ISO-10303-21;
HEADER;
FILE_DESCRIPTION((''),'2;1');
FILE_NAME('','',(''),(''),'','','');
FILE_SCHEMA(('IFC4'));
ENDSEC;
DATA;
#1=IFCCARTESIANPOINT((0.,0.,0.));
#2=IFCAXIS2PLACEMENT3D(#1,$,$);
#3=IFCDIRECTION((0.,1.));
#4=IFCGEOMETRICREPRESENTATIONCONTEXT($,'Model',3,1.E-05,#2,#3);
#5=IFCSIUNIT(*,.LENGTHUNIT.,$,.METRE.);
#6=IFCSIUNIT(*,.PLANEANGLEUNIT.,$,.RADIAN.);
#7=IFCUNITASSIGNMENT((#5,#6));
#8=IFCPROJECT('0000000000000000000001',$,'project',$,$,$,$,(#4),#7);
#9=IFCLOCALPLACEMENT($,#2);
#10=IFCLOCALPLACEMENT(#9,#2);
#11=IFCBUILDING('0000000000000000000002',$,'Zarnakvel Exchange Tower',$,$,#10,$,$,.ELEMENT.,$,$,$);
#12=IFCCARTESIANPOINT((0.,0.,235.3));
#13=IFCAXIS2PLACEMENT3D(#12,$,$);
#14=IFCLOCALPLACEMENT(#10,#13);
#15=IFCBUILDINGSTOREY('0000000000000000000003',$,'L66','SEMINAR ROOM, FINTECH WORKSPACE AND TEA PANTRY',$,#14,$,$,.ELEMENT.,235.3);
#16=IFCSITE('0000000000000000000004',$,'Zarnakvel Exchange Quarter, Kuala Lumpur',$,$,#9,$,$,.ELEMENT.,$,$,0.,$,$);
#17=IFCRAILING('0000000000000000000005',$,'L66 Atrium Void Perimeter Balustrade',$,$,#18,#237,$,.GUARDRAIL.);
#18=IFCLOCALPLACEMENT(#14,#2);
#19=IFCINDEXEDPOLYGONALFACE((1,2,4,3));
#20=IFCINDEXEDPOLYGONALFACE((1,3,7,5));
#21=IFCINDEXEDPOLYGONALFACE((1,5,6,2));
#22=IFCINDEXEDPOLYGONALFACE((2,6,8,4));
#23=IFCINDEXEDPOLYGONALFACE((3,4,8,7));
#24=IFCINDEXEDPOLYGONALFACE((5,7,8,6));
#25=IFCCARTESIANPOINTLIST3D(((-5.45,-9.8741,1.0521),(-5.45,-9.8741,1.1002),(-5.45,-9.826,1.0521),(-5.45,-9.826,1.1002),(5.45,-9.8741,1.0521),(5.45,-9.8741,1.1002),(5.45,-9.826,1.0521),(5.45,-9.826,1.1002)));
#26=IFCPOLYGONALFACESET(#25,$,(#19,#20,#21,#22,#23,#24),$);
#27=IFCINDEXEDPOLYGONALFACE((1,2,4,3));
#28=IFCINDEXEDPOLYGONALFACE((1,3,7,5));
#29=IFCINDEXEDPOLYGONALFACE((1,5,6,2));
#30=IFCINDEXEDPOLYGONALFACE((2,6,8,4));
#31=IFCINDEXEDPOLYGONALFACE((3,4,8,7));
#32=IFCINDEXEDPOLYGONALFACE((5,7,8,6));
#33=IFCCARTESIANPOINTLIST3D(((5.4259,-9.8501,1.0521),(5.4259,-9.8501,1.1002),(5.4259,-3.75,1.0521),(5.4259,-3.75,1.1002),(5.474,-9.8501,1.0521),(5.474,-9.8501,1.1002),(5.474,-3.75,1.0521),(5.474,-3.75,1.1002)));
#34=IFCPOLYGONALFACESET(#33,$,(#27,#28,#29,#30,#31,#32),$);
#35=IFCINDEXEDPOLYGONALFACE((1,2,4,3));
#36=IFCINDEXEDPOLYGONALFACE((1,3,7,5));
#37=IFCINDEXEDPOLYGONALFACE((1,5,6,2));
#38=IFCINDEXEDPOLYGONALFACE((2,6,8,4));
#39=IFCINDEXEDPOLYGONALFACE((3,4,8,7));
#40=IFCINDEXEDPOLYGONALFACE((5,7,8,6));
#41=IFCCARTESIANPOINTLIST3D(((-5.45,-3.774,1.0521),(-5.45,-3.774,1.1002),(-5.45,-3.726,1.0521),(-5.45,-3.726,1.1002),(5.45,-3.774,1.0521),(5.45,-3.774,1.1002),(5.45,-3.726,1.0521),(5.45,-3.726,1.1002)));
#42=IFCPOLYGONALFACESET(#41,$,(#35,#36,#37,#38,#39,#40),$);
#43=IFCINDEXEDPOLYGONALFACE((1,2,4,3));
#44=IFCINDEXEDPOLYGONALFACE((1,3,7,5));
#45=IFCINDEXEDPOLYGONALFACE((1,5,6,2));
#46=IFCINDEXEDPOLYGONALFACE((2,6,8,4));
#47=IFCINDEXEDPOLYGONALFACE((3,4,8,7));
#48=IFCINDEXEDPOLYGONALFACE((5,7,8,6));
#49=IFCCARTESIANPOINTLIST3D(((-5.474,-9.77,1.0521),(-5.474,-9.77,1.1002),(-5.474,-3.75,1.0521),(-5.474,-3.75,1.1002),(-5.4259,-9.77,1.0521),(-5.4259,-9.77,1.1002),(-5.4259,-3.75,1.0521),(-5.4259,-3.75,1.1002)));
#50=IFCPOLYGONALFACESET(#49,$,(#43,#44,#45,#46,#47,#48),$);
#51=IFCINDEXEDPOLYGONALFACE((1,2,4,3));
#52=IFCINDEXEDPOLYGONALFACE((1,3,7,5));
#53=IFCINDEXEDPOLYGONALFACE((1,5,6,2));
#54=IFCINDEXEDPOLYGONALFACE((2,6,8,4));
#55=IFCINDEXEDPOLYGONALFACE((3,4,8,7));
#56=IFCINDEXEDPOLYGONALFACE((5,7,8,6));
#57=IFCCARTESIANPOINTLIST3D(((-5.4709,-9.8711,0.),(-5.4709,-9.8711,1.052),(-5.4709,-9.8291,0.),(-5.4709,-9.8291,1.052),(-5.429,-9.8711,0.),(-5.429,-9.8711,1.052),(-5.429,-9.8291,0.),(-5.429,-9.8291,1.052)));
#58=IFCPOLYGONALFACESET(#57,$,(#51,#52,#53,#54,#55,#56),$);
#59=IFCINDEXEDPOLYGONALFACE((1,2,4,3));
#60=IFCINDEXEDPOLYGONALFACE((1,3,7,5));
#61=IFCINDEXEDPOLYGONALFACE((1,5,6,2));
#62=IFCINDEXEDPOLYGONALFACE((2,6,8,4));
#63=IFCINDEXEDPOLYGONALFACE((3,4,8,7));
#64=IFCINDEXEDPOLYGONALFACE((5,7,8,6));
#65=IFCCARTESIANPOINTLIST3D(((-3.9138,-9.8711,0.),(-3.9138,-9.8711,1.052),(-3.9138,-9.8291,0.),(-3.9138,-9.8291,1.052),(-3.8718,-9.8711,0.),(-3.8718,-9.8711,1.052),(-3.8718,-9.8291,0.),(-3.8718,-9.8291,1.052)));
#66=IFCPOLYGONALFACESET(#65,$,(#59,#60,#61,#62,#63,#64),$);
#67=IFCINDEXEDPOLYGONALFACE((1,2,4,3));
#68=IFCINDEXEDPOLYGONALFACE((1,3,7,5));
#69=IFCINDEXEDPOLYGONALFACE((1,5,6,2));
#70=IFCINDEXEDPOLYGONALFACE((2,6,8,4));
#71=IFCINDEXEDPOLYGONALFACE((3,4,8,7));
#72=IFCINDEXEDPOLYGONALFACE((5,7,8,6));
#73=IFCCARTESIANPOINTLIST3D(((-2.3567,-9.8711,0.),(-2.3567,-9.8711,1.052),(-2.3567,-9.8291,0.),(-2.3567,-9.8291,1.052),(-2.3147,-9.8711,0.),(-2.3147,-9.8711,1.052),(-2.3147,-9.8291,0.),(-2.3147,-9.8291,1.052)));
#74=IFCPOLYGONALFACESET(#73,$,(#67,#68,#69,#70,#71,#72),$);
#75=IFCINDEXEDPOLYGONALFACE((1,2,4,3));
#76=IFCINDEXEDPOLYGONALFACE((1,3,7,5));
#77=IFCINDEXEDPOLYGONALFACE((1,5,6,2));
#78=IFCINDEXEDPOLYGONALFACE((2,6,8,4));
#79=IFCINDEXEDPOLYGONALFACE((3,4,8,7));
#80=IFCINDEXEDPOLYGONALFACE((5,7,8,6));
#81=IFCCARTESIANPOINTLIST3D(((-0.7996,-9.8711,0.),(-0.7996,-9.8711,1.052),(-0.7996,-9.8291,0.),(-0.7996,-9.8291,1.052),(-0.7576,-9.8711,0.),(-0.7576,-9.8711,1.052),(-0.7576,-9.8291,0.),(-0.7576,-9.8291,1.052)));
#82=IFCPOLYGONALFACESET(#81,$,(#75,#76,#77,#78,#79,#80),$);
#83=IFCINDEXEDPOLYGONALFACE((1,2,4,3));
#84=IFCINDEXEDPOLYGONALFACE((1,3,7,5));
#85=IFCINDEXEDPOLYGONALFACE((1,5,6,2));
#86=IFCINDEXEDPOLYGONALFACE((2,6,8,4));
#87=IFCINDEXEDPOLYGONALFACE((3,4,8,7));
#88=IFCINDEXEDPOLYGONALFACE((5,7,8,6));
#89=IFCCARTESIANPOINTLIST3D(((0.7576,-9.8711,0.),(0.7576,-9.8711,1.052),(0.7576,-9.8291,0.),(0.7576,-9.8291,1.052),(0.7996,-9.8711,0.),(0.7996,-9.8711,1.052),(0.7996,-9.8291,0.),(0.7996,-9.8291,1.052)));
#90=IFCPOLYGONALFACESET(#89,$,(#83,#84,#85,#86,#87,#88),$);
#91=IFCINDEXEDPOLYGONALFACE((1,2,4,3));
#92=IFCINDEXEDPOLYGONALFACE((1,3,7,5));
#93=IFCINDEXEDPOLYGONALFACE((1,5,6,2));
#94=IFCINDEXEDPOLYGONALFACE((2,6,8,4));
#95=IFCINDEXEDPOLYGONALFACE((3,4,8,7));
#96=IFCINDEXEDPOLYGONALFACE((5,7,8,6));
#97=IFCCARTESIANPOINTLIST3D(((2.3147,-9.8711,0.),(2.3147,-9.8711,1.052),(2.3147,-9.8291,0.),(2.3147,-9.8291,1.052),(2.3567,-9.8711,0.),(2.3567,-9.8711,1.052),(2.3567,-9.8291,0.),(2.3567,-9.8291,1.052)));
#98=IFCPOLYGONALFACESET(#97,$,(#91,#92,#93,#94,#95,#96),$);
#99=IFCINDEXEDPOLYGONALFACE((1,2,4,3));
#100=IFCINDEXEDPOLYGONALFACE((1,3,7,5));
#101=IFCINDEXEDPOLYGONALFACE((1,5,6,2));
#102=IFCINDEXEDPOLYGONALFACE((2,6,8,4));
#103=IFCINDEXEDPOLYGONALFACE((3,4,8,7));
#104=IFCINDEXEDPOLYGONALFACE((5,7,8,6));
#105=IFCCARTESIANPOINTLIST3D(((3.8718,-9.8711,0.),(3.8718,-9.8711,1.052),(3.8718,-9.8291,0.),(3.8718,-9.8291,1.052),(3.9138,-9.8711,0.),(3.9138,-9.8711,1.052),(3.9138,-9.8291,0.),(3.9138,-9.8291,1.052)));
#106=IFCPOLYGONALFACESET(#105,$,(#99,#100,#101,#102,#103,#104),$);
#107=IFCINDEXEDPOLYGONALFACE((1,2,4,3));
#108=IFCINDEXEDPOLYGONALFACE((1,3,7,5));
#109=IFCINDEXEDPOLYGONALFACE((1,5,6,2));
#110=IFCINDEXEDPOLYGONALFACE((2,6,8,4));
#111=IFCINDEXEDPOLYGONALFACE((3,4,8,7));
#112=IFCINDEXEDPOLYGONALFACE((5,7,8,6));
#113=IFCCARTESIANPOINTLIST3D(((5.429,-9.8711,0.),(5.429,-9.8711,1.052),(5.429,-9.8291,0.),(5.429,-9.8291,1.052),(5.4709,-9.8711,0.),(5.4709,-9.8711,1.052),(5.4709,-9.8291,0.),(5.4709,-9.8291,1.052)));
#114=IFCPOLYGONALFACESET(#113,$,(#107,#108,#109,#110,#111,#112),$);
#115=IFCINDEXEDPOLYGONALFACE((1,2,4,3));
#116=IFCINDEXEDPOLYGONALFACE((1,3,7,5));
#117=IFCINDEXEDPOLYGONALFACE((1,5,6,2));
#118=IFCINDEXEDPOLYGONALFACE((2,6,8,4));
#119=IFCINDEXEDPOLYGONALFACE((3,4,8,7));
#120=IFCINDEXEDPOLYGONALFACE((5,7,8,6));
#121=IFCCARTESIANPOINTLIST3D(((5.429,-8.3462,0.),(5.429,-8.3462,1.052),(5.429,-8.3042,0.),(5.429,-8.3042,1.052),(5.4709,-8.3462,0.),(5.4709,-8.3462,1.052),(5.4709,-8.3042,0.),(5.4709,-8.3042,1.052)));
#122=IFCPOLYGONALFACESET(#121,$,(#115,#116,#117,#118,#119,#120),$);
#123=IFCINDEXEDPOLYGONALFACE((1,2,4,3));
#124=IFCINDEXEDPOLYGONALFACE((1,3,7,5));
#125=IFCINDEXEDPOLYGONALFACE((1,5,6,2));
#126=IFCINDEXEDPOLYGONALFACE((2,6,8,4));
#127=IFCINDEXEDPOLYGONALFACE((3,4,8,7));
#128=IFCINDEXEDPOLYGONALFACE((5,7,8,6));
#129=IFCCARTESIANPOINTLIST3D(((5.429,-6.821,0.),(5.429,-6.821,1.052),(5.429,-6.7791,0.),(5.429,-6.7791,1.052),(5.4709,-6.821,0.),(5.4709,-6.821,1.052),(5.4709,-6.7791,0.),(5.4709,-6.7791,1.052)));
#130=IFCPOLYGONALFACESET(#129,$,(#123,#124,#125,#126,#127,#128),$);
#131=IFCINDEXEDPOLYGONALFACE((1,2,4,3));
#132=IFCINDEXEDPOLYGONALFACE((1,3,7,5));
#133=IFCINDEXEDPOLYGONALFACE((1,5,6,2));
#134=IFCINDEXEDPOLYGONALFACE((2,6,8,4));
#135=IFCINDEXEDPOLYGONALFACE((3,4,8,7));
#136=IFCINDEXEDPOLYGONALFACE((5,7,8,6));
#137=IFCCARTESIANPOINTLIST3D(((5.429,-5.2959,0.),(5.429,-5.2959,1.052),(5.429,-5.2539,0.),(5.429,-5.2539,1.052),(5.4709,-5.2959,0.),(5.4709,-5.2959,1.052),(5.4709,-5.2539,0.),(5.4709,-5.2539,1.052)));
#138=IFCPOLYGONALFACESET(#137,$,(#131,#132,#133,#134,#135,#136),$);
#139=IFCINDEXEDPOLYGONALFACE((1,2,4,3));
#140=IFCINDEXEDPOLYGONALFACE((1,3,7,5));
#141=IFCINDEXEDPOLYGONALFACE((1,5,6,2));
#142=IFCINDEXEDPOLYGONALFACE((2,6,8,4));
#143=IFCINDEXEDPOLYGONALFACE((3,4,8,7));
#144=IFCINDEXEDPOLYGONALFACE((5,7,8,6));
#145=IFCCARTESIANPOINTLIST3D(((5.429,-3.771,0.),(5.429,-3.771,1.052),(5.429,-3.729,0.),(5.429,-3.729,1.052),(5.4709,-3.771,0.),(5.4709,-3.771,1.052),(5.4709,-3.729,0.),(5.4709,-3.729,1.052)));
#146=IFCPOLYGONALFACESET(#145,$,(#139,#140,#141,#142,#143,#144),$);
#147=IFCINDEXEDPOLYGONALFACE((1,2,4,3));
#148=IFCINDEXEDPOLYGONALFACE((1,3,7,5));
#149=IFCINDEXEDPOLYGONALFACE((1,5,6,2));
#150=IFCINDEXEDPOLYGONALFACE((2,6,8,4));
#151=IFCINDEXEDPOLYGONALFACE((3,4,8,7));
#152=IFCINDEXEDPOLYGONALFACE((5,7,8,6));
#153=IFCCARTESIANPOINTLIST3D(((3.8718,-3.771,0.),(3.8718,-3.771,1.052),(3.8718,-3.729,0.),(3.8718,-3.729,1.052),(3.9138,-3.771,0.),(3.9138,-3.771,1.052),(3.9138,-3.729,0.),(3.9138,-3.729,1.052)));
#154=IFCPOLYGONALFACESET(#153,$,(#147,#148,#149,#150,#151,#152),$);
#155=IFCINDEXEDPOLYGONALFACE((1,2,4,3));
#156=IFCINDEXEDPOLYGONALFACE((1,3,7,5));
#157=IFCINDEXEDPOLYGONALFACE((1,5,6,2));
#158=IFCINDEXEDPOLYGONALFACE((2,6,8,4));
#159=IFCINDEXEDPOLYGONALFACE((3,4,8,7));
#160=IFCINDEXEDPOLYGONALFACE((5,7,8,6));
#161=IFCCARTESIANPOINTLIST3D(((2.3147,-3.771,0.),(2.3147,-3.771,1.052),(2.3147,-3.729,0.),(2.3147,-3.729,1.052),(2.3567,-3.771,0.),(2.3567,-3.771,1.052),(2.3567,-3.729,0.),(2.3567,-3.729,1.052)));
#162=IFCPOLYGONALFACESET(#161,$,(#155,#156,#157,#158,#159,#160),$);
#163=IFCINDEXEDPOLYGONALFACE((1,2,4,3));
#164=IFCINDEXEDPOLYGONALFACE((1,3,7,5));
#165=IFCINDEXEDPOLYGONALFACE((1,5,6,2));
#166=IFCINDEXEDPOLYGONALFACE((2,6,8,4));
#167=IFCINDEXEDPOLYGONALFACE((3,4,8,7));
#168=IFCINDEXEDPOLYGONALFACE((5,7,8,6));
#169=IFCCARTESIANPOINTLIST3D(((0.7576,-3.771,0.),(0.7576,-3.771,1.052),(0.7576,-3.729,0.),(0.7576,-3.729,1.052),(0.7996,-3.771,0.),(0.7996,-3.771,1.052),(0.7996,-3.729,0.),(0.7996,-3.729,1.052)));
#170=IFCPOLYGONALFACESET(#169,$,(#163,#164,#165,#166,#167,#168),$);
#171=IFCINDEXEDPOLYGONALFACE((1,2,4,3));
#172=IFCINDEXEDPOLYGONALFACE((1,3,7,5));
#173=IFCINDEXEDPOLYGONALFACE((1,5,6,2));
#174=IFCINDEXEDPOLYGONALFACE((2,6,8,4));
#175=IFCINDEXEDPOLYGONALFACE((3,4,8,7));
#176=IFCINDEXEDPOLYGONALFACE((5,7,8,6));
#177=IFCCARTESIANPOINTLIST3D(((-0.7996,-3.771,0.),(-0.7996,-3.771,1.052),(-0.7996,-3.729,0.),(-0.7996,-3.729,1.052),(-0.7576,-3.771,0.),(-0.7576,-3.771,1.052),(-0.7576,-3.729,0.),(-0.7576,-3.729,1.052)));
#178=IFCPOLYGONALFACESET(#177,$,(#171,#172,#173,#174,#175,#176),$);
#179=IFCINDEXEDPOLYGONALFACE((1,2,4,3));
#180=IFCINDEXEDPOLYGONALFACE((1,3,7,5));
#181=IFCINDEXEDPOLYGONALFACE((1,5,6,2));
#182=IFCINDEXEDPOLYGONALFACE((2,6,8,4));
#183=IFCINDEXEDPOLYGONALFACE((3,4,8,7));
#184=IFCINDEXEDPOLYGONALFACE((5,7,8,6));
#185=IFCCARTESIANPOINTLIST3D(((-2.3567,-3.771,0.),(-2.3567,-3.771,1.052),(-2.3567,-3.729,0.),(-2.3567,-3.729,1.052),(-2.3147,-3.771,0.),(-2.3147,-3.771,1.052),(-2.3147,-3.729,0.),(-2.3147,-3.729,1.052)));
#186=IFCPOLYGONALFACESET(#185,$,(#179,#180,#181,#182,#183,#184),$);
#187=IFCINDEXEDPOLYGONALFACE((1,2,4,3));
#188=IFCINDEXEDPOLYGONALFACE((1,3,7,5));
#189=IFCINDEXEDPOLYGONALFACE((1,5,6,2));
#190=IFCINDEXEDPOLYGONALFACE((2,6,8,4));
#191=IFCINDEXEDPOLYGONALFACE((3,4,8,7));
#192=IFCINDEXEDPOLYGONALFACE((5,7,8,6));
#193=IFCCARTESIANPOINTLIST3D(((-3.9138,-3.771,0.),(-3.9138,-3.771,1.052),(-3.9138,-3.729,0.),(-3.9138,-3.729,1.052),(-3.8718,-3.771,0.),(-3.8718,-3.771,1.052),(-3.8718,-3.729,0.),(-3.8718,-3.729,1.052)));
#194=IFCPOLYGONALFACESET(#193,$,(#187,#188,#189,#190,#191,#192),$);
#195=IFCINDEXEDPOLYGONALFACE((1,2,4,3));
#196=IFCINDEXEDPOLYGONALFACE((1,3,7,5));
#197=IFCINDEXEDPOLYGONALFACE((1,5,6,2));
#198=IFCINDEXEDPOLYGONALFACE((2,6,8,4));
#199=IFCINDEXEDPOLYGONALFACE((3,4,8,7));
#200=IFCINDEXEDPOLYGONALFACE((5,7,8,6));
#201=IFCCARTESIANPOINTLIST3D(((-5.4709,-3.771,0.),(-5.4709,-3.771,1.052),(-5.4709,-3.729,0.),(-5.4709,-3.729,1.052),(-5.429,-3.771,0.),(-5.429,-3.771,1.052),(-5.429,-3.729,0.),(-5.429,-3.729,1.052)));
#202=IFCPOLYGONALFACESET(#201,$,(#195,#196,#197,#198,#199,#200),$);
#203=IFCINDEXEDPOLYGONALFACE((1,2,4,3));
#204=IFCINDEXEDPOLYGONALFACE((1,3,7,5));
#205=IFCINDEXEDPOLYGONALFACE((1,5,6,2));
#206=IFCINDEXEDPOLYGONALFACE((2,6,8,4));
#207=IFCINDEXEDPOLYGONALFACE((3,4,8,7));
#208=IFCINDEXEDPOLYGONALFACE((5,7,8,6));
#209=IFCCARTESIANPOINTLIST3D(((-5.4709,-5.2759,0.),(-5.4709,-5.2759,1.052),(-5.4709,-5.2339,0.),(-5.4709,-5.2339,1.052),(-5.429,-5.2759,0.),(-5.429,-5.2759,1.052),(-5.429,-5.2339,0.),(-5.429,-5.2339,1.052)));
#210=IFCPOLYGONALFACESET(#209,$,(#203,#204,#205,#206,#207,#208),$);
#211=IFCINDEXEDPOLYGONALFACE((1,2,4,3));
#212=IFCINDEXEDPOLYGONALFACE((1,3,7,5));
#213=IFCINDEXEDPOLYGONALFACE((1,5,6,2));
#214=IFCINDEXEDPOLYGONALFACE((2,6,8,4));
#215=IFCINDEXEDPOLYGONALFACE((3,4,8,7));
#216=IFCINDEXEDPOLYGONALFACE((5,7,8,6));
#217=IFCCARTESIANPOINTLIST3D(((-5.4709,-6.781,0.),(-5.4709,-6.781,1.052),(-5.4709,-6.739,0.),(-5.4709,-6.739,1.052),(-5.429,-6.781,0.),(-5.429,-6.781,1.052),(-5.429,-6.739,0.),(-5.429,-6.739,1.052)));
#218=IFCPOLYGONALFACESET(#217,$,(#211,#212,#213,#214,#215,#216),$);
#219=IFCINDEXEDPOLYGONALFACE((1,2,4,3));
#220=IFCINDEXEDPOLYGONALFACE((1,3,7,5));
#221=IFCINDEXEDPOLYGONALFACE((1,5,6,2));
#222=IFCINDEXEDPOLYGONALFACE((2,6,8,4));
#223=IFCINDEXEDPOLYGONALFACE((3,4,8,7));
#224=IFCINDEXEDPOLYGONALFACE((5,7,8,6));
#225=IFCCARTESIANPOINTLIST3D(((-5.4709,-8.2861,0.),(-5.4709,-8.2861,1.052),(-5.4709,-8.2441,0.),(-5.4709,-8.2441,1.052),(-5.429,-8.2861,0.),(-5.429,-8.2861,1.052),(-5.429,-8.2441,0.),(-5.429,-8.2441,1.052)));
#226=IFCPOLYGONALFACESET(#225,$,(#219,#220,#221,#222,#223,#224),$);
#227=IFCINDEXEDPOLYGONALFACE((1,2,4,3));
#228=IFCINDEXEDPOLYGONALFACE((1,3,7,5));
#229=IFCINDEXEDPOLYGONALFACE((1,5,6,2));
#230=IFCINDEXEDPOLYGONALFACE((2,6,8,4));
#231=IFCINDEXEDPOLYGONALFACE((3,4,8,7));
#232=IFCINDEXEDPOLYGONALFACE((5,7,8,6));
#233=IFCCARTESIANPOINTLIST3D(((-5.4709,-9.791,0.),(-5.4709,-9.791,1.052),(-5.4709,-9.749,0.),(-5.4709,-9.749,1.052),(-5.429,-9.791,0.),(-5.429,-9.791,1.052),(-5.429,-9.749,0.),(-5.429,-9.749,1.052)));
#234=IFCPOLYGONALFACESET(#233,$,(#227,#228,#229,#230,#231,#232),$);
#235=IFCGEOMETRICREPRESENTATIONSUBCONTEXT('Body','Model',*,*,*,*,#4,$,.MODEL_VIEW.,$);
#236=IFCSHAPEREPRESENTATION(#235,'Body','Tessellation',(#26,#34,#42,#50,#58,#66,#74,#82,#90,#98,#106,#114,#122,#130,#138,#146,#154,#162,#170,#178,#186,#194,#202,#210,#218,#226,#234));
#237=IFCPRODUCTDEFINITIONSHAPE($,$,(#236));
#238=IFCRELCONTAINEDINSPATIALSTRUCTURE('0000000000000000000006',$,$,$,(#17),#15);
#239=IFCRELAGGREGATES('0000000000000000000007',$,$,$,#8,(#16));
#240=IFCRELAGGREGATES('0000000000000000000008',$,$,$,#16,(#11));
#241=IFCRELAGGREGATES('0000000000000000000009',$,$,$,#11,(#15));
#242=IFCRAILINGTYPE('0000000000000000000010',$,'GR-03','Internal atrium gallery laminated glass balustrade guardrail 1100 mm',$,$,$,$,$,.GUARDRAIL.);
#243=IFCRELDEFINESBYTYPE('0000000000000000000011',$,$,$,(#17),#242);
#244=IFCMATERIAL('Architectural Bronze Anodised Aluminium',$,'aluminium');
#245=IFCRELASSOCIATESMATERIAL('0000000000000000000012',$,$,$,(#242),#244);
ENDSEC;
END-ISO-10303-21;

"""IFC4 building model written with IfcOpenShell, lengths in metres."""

from ifc_helpers import new_model, si_unit, direction, frame, origin, origin_2d, place, context, subcontext, project, spatial, rectangle, extrude, material, type_object, element, save


model = new_model("IFC4")

# Units and contexts
model_context = context("Model", 3, precision=1e-05, world=origin(), true_north=direction((0.0, 1.0)))
body_context = subcontext(model_context, "Body", "Model", "MODEL_VIEW")
ifc_project = project(units=[si_unit("LENGTHUNIT", "METRE"), si_unit("PLANEANGLEUNIT", "RADIAN")], contexts=[model_context])

# Site, building, storey
site_placement = place(None, origin())
site = spatial("IfcSite", under=ifc_project, at=site_placement, Name="Zarnakvel Exchange Quarter, Kuala Lumpur", CompositionType="ELEMENT", RefElevation=0.0)
building_placement = place(site_placement, origin())
building = spatial("IfcBuilding", under=site, at=building_placement, Name="Zarnakvel Exchange Tower", CompositionType="ELEMENT")
storey_placement = place(building_placement, frame((0.0, 0.0, 235.3)))
storey = spatial("IfcBuildingStorey", under=building, at=storey_placement, Name="L66", Description="SEMINAR ROOM, FINTECH WORKSPACE AND TEA PANTRY", CompositionType="ELEMENT", Elevation=235.3)

# Shared definitions
ifc_material_1 = material(Name="Architectural Bronze Anodised Aluminium", Category="aluminium")

# Railing
railing_type_1 = type_object("IfcRailingType", Name="GR-03", Description="Internal atrium gallery laminated glass balustrade guardrail 1100 mm", PredefinedType="GUARDRAIL", material=ifc_material_1)
railing_1_placement = place(storey_placement, frame((-5.45, -9.8501, 0.0)))
element("IfcRailing", 1, at=railing_1_placement, inside=storey, type_object=railing_type_1, Name="L66 Atrium Void Perimeter Balustrade", PredefinedType="GUARDRAIL", context=body_context, shape_type="SweptSolid", body=[
    extrude(rectangle(XDim=0.0481, YDim=0.0481, at=origin_2d()), frame((0.0, 0.0, 1.0762), z_axis=(1.0, 0.0, 0.0), x_axis=(0.0, 1.0, 0.0)), (0.0, 0.0, 1.0), 10.8999),
    extrude(rectangle(XDim=0.0481, YDim=0.0481, at=origin_2d()), frame((10.8999, 0.0, 1.0762), z_axis=(0.0, 1.0, 0.0), x_axis=(-1.0, 0.0, 0.0)), (0.0, 0.0, 1.0), 6.1001),
    extrude(rectangle(XDim=0.0481, YDim=0.0481, at=origin_2d()), frame((10.8999, 6.1001, 1.0762), z_axis=(-1.0, 0.0, 0.0), x_axis=(0.0, -1.0, 0.0)), (0.0, 0.0, 1.0), 10.8999),
    extrude(rectangle(XDim=0.0481, YDim=0.0481, at=origin_2d()), frame((0.0, 6.1001, 1.0762), z_axis=(0.0, -1.0, 0.0), x_axis=(1.0, 0.0, 0.0)), (0.0, 0.0, 1.0), 6.02),
    extrude(rectangle(XDim=0.042, YDim=0.042, at=origin_2d()), origin(), (0.0, 0.0, 1.0), 1.052),
    extrude(rectangle(XDim=0.042, YDim=0.042, at=origin_2d()), frame((1.5571, 0.0, 0.0)), (0.0, 0.0, 1.0), 1.052),
    extrude(rectangle(XDim=0.042, YDim=0.042, at=origin_2d()), frame((3.1143, 0.0, 0.0)), (0.0, 0.0, 1.0), 1.052),
    extrude(rectangle(XDim=0.042, YDim=0.042, at=origin_2d()), frame((4.6714, 0.0, 0.0)), (0.0, 0.0, 1.0), 1.052),
    extrude(rectangle(XDim=0.042, YDim=0.042, at=origin_2d()), frame((6.2285, 0.0, 0.0)), (0.0, 0.0, 1.0), 1.052),
    extrude(rectangle(XDim=0.042, YDim=0.042, at=origin_2d()), frame((7.7856, 0.0, 0.0)), (0.0, 0.0, 1.0), 1.052),
    extrude(rectangle(XDim=0.042, YDim=0.042, at=origin_2d()), frame((9.3428, 0.0, 0.0)), (0.0, 0.0, 1.0), 1.052),
    extrude(rectangle(XDim=0.042, YDim=0.042, at=origin_2d()), frame((10.8999, 0.0, 0.0)), (0.0, 0.0, 1.0), 1.052),
    extrude(rectangle(XDim=0.042, YDim=0.042, at=origin_2d()), frame((10.8999, 1.5249, 0.0)), (0.0, 0.0, 1.0), 1.052),
    extrude(rectangle(XDim=0.042, YDim=0.042, at=origin_2d()), frame((10.8999, 3.05, 0.0)), (0.0, 0.0, 1.0), 1.052),
    extrude(rectangle(XDim=0.042, YDim=0.042, at=origin_2d()), frame((10.8999, 4.5752, 0.0)), (0.0, 0.0, 1.0), 1.052),
    extrude(rectangle(XDim=0.042, YDim=0.042, at=origin_2d()), frame((10.8999, 6.1001, 0.0)), (0.0, 0.0, 1.0), 1.052),
    extrude(rectangle(XDim=0.042, YDim=0.042, at=origin_2d()), frame((9.3428, 6.1001, 0.0)), (0.0, 0.0, 1.0), 1.052),
    extrude(rectangle(XDim=0.042, YDim=0.042, at=origin_2d()), frame((7.7856, 6.1001, 0.0)), (0.0, 0.0, 1.0), 1.052),
    extrude(rectangle(XDim=0.042, YDim=0.042, at=origin_2d()), frame((6.2285, 6.1001, 0.0)), (0.0, 0.0, 1.0), 1.052),
    extrude(rectangle(XDim=0.042, YDim=0.042, at=origin_2d()), frame((4.6714, 6.1001, 0.0)), (0.0, 0.0, 1.0), 1.052),
    extrude(rectangle(XDim=0.042, YDim=0.042, at=origin_2d()), frame((3.1143, 6.1001, 0.0)), (0.0, 0.0, 1.0), 1.052),
    extrude(rectangle(XDim=0.042, YDim=0.042, at=origin_2d()), frame((1.5571, 6.1001, 0.0)), (0.0, 0.0, 1.0), 1.052),
    extrude(rectangle(XDim=0.042, YDim=0.042, at=origin_2d()), frame((0.0, 6.1001, 0.0)), (0.0, 0.0, 1.0), 1.052),
    extrude(rectangle(XDim=0.042, YDim=0.042, at=origin_2d()), frame((0.0, 4.5952, 0.0)), (0.0, 0.0, 1.0), 1.052),
    extrude(rectangle(XDim=0.042, YDim=0.042, at=origin_2d()), frame((0.0, 3.0901, 0.0)), (0.0, 0.0, 1.0), 1.052),
    extrude(rectangle(XDim=0.042, YDim=0.042, at=origin_2d()), frame((0.0, 1.585, 0.0)), (0.0, 0.0, 1.0), 1.052),
    extrude(rectangle(XDim=0.042, YDim=0.042, at=origin_2d()), frame((0.0, 0.0801, 0.0)), (0.0, 0.0, 1.0), 1.052),
])

save(model, "model.ifc")
